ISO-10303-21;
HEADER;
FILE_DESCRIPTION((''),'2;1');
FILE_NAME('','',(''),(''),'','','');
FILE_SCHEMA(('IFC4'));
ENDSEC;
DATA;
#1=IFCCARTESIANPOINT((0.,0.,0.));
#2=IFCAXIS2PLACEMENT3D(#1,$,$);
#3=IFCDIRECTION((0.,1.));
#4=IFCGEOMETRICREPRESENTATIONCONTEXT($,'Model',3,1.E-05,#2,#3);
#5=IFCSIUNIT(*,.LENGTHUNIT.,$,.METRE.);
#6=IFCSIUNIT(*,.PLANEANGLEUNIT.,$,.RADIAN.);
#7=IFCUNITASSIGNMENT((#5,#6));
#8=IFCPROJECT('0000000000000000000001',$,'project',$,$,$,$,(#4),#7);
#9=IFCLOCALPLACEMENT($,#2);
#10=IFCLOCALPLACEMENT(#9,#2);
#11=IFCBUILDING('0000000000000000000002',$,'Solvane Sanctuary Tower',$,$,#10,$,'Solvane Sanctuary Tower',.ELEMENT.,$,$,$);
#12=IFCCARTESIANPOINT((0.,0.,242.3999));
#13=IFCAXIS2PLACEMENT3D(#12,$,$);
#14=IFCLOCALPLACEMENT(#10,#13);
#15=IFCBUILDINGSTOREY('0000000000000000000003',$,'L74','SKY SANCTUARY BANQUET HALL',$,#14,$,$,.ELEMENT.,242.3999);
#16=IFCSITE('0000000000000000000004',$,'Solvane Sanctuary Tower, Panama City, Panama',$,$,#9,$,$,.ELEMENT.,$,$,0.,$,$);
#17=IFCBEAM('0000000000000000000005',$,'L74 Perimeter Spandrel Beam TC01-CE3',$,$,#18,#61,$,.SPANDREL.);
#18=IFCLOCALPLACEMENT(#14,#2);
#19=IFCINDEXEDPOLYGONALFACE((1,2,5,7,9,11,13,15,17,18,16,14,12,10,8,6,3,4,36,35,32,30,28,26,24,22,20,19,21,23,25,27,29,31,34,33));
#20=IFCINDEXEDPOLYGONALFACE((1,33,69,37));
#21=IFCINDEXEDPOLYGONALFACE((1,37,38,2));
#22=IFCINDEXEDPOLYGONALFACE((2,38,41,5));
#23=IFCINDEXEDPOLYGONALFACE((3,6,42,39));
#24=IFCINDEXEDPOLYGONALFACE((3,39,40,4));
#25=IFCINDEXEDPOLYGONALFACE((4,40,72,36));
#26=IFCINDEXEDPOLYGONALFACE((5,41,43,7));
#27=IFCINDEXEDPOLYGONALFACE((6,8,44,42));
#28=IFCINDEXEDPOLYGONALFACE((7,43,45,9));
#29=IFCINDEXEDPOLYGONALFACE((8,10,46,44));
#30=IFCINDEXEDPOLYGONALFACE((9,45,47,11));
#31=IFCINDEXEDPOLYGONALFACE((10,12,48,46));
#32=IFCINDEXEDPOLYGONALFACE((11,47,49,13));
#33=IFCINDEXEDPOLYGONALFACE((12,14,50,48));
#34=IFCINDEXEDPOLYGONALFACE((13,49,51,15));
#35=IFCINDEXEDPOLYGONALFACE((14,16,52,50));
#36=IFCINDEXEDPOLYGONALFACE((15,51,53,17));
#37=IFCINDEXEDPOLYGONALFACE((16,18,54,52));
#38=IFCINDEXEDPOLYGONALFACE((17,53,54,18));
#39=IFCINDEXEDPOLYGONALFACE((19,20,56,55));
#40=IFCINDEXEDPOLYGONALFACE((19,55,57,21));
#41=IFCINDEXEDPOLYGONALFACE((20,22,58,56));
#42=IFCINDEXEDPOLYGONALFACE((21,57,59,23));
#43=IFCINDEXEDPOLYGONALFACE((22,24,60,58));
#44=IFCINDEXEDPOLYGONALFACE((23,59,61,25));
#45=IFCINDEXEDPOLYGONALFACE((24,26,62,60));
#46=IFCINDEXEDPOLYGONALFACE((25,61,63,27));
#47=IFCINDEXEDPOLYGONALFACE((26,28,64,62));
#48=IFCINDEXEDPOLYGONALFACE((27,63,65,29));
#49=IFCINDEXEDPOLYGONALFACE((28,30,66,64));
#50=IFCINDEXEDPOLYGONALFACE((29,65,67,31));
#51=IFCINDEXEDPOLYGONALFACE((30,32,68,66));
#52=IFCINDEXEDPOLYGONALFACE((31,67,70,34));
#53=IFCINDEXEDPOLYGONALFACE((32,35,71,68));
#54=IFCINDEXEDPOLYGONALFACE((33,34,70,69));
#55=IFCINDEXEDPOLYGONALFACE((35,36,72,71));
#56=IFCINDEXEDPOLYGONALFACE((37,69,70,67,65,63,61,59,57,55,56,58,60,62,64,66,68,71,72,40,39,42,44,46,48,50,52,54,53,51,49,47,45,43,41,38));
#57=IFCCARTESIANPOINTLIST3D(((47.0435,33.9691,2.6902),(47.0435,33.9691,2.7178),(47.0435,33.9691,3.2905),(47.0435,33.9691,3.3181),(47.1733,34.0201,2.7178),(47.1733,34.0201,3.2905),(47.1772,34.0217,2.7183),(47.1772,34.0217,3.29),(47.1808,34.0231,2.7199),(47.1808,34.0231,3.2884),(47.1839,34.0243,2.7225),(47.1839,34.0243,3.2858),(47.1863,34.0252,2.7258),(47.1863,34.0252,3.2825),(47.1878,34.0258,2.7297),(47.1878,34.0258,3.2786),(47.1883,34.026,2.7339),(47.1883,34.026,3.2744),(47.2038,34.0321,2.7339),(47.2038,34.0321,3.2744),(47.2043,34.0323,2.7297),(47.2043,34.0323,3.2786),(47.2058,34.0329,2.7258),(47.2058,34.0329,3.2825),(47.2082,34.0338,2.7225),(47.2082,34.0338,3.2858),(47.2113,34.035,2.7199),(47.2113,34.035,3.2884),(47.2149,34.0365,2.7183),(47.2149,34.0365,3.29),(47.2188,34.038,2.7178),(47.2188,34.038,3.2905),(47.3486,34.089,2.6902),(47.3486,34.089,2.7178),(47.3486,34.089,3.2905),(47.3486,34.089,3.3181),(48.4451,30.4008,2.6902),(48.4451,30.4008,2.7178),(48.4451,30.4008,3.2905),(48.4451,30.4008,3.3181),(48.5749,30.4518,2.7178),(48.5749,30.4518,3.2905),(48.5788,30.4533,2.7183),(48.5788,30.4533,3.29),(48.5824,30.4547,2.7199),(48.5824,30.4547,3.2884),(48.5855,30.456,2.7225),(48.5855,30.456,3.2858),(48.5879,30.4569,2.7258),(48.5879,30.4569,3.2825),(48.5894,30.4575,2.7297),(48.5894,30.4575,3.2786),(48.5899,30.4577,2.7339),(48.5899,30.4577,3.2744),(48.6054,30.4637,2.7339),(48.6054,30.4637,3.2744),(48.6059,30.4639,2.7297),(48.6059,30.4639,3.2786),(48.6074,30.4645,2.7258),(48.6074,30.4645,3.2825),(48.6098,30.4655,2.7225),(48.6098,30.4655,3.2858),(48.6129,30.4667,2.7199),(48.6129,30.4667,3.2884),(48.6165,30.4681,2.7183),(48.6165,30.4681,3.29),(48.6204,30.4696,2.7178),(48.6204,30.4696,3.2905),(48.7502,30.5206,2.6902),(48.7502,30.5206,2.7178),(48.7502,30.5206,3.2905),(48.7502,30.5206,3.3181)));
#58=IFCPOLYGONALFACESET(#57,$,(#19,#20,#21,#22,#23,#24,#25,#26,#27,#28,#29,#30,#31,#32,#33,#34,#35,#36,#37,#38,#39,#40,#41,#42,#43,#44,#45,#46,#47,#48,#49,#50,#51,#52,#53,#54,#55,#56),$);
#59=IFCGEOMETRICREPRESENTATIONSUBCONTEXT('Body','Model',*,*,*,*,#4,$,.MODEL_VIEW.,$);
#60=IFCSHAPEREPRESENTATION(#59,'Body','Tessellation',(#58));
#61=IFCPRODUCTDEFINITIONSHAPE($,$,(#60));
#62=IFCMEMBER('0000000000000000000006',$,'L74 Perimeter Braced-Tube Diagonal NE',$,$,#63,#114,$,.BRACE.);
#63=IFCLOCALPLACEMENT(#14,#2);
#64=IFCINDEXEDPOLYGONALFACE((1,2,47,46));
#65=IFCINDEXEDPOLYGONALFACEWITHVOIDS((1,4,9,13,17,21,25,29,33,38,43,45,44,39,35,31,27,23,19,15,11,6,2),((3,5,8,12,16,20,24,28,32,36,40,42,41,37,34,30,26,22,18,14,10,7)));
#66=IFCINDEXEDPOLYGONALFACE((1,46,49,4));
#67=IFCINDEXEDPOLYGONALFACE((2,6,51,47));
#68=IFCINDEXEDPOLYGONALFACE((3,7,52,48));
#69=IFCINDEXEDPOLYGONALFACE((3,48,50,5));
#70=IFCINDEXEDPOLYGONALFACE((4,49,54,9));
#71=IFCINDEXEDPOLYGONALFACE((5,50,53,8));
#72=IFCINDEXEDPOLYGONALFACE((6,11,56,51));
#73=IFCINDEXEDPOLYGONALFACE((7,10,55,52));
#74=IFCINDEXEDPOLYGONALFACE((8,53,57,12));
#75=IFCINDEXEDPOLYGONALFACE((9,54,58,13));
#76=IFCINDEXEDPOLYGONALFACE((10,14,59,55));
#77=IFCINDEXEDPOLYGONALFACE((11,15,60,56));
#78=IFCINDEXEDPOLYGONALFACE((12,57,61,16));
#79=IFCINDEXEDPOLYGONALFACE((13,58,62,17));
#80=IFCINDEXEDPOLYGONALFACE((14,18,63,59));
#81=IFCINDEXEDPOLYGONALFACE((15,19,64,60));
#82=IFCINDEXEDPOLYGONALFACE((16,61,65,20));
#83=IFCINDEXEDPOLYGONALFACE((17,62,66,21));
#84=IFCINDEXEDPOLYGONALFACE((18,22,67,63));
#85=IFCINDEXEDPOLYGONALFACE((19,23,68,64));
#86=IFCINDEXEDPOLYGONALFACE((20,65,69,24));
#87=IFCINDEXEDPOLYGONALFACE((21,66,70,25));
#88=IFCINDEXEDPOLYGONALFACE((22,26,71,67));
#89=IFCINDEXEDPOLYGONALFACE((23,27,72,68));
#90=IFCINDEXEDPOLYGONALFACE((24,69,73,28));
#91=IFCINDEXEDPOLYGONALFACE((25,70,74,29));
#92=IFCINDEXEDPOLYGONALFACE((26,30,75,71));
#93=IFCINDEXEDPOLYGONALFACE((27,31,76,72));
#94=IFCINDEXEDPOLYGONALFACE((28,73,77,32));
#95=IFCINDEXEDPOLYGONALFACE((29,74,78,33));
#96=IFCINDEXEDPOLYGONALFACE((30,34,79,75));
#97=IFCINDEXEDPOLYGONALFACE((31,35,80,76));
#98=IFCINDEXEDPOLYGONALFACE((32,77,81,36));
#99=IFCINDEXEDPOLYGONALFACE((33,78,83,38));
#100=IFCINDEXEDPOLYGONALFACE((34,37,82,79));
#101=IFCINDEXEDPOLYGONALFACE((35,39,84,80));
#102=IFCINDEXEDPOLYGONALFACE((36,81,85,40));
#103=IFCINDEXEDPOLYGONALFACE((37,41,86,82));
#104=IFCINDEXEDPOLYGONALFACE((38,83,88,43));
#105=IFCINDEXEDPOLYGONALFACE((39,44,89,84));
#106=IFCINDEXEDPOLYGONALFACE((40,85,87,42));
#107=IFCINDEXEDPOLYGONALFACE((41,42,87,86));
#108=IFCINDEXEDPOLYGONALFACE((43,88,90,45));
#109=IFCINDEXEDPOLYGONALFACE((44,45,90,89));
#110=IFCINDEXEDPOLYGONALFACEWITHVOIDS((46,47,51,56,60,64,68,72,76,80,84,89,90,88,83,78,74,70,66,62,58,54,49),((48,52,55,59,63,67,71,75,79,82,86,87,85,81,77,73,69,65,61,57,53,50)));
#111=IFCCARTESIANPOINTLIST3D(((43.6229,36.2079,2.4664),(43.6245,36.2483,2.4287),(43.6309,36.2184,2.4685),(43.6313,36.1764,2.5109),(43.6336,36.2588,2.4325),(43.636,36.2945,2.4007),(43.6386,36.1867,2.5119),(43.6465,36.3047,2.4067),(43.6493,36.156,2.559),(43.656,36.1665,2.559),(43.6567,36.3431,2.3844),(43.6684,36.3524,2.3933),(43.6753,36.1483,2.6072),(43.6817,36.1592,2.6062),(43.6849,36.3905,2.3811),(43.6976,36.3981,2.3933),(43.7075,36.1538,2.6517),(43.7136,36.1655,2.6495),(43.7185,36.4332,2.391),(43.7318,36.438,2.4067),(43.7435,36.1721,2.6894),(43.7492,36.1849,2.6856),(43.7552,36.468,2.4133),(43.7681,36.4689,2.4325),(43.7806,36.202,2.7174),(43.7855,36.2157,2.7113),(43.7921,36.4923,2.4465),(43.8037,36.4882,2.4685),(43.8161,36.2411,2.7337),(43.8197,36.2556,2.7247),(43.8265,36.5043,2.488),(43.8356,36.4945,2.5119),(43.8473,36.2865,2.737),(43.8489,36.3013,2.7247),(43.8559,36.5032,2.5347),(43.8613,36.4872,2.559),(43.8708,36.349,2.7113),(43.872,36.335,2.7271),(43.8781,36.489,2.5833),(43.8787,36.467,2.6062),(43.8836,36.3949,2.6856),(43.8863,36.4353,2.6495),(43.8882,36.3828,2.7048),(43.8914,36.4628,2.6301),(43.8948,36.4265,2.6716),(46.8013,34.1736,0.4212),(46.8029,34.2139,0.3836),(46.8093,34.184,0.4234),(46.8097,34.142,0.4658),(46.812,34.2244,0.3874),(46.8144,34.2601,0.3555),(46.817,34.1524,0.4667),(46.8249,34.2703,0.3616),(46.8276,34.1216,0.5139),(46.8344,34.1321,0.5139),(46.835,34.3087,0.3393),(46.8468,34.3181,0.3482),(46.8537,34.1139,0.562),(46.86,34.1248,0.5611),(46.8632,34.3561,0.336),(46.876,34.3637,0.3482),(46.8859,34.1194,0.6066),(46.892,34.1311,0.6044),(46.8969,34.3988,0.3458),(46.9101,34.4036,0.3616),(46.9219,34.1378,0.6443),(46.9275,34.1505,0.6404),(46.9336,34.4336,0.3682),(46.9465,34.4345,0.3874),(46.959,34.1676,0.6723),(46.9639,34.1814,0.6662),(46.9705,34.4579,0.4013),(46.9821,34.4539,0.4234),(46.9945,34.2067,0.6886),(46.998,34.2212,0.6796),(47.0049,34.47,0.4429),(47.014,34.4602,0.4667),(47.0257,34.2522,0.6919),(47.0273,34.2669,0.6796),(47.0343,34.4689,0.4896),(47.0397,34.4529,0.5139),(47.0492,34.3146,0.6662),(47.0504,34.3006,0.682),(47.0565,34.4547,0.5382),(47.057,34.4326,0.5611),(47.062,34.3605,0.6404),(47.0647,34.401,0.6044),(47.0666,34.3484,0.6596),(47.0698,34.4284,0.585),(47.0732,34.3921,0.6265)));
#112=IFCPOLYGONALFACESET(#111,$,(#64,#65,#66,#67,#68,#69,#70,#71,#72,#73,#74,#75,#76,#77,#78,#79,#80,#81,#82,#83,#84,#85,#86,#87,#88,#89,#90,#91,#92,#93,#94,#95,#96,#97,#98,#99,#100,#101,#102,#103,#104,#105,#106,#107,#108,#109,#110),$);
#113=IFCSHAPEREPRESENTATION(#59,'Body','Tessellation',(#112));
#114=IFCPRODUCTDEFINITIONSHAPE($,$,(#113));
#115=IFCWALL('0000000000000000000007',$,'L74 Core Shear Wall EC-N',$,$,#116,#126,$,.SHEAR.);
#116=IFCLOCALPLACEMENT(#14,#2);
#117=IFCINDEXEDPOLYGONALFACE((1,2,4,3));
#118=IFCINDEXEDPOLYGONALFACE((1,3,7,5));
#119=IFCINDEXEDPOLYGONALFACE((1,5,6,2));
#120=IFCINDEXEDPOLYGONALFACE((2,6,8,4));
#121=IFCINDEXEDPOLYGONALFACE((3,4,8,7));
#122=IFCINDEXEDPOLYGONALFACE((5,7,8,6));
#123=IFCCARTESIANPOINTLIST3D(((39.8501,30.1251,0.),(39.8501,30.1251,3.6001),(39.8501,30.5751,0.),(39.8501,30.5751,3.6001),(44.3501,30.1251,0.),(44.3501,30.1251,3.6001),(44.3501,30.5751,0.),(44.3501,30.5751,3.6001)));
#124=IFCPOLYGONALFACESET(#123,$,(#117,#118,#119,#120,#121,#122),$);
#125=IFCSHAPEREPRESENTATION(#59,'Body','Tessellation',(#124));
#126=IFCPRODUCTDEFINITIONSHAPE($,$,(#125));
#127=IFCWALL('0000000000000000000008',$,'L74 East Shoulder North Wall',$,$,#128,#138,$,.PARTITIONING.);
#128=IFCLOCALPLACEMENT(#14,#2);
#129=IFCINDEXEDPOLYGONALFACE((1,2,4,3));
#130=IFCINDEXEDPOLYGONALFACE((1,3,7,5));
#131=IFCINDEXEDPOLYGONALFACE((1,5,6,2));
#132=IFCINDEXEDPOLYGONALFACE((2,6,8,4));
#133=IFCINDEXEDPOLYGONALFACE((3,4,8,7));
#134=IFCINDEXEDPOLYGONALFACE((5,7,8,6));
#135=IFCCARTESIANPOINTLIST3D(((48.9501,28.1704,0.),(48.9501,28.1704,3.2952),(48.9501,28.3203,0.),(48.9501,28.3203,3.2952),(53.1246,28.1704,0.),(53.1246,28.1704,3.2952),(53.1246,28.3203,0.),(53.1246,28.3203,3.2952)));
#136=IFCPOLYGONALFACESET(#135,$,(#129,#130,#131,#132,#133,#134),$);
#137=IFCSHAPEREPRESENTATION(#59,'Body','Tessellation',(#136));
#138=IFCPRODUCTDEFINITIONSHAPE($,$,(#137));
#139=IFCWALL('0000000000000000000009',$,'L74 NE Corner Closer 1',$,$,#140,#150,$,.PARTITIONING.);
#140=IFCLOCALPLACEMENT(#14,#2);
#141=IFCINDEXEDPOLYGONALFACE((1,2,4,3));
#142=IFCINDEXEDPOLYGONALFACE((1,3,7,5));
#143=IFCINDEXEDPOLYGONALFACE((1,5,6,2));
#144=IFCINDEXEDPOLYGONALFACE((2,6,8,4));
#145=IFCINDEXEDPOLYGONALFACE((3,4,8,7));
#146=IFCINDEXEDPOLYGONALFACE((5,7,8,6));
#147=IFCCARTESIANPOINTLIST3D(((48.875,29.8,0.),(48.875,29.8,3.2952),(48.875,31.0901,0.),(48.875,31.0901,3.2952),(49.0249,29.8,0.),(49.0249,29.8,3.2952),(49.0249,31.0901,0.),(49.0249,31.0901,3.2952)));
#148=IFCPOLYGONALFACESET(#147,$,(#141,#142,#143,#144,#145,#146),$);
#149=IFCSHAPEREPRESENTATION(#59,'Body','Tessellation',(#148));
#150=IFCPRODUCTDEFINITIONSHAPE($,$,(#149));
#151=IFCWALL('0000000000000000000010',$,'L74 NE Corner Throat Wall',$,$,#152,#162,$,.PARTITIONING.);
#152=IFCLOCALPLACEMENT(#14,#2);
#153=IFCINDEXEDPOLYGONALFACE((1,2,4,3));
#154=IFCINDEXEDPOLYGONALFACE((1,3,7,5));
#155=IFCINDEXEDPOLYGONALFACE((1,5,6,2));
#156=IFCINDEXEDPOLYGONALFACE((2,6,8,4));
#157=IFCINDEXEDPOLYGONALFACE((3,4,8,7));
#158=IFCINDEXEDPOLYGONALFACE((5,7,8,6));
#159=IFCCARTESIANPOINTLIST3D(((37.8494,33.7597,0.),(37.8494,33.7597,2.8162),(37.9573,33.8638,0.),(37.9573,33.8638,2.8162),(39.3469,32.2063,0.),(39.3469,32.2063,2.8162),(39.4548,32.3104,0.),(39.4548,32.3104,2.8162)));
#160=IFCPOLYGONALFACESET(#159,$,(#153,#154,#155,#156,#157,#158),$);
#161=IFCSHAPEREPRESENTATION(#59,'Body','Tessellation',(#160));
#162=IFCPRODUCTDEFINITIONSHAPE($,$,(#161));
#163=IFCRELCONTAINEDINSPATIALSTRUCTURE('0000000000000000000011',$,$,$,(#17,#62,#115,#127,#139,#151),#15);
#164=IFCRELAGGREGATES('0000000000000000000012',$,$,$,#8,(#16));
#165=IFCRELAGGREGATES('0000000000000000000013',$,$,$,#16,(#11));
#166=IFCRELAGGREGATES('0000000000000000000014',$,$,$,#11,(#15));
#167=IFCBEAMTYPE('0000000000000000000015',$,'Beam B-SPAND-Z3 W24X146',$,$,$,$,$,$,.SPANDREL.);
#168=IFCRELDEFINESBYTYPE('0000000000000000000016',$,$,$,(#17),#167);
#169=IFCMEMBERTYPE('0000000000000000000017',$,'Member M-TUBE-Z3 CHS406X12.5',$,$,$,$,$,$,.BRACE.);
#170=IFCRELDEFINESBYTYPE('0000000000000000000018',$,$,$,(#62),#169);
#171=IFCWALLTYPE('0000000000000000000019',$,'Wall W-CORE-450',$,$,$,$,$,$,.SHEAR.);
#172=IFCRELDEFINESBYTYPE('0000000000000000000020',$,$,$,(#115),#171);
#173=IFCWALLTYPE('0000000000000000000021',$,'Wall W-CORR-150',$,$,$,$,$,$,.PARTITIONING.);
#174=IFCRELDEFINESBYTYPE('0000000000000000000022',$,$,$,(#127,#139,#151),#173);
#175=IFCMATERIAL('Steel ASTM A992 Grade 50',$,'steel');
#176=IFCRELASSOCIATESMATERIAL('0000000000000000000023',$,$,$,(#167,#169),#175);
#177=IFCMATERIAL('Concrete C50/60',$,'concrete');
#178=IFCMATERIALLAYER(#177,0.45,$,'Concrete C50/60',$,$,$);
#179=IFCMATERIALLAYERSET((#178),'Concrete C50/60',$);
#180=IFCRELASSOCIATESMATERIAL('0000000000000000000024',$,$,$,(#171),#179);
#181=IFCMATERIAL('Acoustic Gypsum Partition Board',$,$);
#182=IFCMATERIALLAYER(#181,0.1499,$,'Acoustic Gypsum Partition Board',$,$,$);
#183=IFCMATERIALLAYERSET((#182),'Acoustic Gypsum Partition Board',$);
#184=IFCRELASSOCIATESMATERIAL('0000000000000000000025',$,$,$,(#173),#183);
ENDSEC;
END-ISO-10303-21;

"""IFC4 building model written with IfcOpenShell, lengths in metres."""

from ifc_helpers import new_model, si_unit, direction, frame, frame_2d, origin, origin_2d, place, context, subcontext, project, spatial, rectangle, hollow_circle, i_section, extrude, material, layer, layer_set, material_profile, profile_set, type_object, element, save


model = new_model("IFC4")

# Units and contexts
model_context = context("Model", 3, precision=1e-05, world=origin(), true_north=direction((0.0, 1.0)))
body_context = subcontext(model_context, "Body", "Model", "MODEL_VIEW")
ifc_project = project(units=[si_unit("LENGTHUNIT", "METRE"), si_unit("PLANEANGLEUNIT", "RADIAN")], contexts=[model_context])

# Site, building, storey
site_placement = place(None, origin())
site = spatial("IfcSite", under=ifc_project, at=site_placement, Name="Solvane Sanctuary Tower, Panama City, Panama", CompositionType="ELEMENT", RefElevation=0.0)
building_placement = place(site_placement, origin())
building = spatial("IfcBuilding", under=site, at=building_placement, Name="Solvane Sanctuary Tower", LongName="Solvane Sanctuary Tower", CompositionType="ELEMENT")
storey_placement = place(building_placement, frame((0.0, 0.0, 242.3999)))
storey = spatial("IfcBuildingStorey", under=building, at=storey_placement, Name="L74", Description="SKY SANCTUARY BANQUET HALL", CompositionType="ELEMENT", Elevation=242.3999)

# Beam
ifc_material_1 = material(Name="Steel ASTM A992 Grade 50", Category="steel")
ifc_material_profile_1 = material_profile(ifc_material_1, i_section(OverallWidth=0.3279, OverallDepth=0.6279, WebThickness=0.0166, FlangeThickness=0.0276, FilletRadius=0.0161, at=origin_2d()), Name="W24X146")
ifc_profile_set_1 = profile_set([ifc_material_profile_1], Name="Steel ASTM A992 Grade 50")
beam_type_1 = type_object("IfcBeamType", Name="Beam B-SPAND-Z3 W24X146", PredefinedType="SPANDREL", material=ifc_profile_set_1)
beam_1_placement = place(storey_placement, frame((47.196, 34.0291, 3.0042), z_axis=(0.365597, -0.930773, 0.0), x_axis=(0.930773, 0.365597, 0.0)))
element("IfcBeam", 1, at=beam_1_placement, inside=storey, type_object=beam_type_1, Name="L74 Perimeter Spandrel Beam TC01-CE3", PredefinedType="SPANDREL", context=body_context, shape_type="SweptSolid", body=[
    extrude(i_section(OverallWidth=0.3279, OverallDepth=0.6279, WebThickness=0.0166, FlangeThickness=0.0276, FilletRadius=0.0161, at=origin_2d()), origin(), (0.0, 0.0, 1.0), 3.8337),
])

# Member
ifc_material_profile_2 = material_profile(ifc_material_1, hollow_circle(Radius=0.2029, WallThickness=0.0125, at=origin_2d()), Name="CHS406X12.5")
ifc_profile_set_2 = profile_set([ifc_material_profile_2], Name="Steel ASTM A992 Grade 50")
member_type = type_object("IfcMemberType", Name="Member M-TUBE-Z3 CHS406X12.5", PredefinedType="BRACE", material=ifc_profile_set_2)
member_placement = place(storey_placement, frame((46.937, 34.2925, 0.5139), z_axis=(-0.740496, 0.473965, 0.476468), x_axis=(-0.539092, -0.842247, 0.0)))
element("IfcMember", 2, at=member_placement, inside=storey, type_object=member_type, Name="L74 Perimeter Braced-Tube Diagonal NE", PredefinedType="BRACE", context=body_context, shape_type="SweptSolid", body=[
    extrude(hollow_circle(Radius=0.2029, WallThickness=0.0125, at=origin_2d()), origin(), (0.0, 0.0, 1.0), 4.2922),
])

# Walls
ifc_material_2 = material(Name="Concrete C50/60", Category="concrete")
ifc_layer_1 = layer(ifc_material_2, 0.45, Name="Concrete C50/60")
ifc_layer_set_1 = layer_set([ifc_layer_1], Name="Concrete C50/60")
wall_type_1 = type_object("IfcWallType", Name="Wall W-CORE-450", PredefinedType="SHEAR", material=ifc_layer_set_1)
wall_1_placement = place(storey_placement, frame((39.8501, 30.3501, 0.0), z_axis=(0.0, 0.0, 1.0), x_axis=(1.0, 0.0, 0.0)))
element("IfcWall", 3, at=wall_1_placement, inside=storey, type_object=wall_type_1, Name="L74 Core Shear Wall EC-N", PredefinedType="SHEAR", context=body_context, shape_type="SweptSolid", body=[
    extrude(rectangle(XDim=4.5, YDim=0.45, at=frame_2d((2.25, 0.0))), origin(), (0.0, 0.0, 1.0), 3.6001),
])
ifc_material_3 = material(Name="Acoustic Gypsum Partition Board")
ifc_layer_2 = layer(ifc_material_3, 0.1499, Name="Acoustic Gypsum Partition Board")
ifc_layer_set_2 = layer_set([ifc_layer_2], Name="Acoustic Gypsum Partition Board")
wall_type_2 = type_object("IfcWallType", Name="Wall W-CORR-150", PredefinedType="PARTITIONING", material=ifc_layer_set_2)
wall_2_placement = place(storey_placement, frame((48.95, 28.2454, 0.0), z_axis=(0.0, 0.0, 1.0), x_axis=(1.0, 0.0, 0.0)))
element("IfcWall", 4, at=wall_2_placement, inside=storey, type_object=wall_type_2, Name="L74 East Shoulder North Wall", PredefinedType="PARTITIONING", context=body_context, shape_type="SweptSolid", body=[
    extrude(rectangle(XDim=4.1746, YDim=0.1499, at=frame_2d((2.0874, 0.0))), origin(), (0.0, 0.0, 1.0), 3.2952),
])
wall_3_placement = place(storey_placement, frame((48.95, 29.8, 0.0), z_axis=(0.0, 0.0, 1.0), x_axis=(0.0, 1.0, 0.0)))
element("IfcWall", 5, at=wall_3_placement, inside=storey, type_object=wall_type_2, Name="L74 NE Corner Closer 1", PredefinedType="PARTITIONING", context=body_context, shape_type="SweptSolid", body=[
    extrude(rectangle(XDim=1.29, YDim=0.1499, at=frame_2d((0.645, 0.0))), origin(), (0.0, 0.0, 1.0), 3.2952),
])
wall_4_placement = place(storey_placement, frame((37.9033, 33.8118, 0.0), z_axis=(0.0, 0.0, 1.0), x_axis=(0.694033, -0.719943, 0.0)))
element("IfcWall", 6, at=wall_4_placement, inside=storey, type_object=wall_type_2, Name="L74 NE Corner Throat Wall", PredefinedType="PARTITIONING", context=body_context, shape_type="SweptSolid", body=[
    extrude(rectangle(XDim=2.1577, YDim=0.1499, at=frame_2d((1.0789, 0.0))), origin(), (0.0, 0.0, 1.0), 2.8162),
])

save(model, "model.ifc")
